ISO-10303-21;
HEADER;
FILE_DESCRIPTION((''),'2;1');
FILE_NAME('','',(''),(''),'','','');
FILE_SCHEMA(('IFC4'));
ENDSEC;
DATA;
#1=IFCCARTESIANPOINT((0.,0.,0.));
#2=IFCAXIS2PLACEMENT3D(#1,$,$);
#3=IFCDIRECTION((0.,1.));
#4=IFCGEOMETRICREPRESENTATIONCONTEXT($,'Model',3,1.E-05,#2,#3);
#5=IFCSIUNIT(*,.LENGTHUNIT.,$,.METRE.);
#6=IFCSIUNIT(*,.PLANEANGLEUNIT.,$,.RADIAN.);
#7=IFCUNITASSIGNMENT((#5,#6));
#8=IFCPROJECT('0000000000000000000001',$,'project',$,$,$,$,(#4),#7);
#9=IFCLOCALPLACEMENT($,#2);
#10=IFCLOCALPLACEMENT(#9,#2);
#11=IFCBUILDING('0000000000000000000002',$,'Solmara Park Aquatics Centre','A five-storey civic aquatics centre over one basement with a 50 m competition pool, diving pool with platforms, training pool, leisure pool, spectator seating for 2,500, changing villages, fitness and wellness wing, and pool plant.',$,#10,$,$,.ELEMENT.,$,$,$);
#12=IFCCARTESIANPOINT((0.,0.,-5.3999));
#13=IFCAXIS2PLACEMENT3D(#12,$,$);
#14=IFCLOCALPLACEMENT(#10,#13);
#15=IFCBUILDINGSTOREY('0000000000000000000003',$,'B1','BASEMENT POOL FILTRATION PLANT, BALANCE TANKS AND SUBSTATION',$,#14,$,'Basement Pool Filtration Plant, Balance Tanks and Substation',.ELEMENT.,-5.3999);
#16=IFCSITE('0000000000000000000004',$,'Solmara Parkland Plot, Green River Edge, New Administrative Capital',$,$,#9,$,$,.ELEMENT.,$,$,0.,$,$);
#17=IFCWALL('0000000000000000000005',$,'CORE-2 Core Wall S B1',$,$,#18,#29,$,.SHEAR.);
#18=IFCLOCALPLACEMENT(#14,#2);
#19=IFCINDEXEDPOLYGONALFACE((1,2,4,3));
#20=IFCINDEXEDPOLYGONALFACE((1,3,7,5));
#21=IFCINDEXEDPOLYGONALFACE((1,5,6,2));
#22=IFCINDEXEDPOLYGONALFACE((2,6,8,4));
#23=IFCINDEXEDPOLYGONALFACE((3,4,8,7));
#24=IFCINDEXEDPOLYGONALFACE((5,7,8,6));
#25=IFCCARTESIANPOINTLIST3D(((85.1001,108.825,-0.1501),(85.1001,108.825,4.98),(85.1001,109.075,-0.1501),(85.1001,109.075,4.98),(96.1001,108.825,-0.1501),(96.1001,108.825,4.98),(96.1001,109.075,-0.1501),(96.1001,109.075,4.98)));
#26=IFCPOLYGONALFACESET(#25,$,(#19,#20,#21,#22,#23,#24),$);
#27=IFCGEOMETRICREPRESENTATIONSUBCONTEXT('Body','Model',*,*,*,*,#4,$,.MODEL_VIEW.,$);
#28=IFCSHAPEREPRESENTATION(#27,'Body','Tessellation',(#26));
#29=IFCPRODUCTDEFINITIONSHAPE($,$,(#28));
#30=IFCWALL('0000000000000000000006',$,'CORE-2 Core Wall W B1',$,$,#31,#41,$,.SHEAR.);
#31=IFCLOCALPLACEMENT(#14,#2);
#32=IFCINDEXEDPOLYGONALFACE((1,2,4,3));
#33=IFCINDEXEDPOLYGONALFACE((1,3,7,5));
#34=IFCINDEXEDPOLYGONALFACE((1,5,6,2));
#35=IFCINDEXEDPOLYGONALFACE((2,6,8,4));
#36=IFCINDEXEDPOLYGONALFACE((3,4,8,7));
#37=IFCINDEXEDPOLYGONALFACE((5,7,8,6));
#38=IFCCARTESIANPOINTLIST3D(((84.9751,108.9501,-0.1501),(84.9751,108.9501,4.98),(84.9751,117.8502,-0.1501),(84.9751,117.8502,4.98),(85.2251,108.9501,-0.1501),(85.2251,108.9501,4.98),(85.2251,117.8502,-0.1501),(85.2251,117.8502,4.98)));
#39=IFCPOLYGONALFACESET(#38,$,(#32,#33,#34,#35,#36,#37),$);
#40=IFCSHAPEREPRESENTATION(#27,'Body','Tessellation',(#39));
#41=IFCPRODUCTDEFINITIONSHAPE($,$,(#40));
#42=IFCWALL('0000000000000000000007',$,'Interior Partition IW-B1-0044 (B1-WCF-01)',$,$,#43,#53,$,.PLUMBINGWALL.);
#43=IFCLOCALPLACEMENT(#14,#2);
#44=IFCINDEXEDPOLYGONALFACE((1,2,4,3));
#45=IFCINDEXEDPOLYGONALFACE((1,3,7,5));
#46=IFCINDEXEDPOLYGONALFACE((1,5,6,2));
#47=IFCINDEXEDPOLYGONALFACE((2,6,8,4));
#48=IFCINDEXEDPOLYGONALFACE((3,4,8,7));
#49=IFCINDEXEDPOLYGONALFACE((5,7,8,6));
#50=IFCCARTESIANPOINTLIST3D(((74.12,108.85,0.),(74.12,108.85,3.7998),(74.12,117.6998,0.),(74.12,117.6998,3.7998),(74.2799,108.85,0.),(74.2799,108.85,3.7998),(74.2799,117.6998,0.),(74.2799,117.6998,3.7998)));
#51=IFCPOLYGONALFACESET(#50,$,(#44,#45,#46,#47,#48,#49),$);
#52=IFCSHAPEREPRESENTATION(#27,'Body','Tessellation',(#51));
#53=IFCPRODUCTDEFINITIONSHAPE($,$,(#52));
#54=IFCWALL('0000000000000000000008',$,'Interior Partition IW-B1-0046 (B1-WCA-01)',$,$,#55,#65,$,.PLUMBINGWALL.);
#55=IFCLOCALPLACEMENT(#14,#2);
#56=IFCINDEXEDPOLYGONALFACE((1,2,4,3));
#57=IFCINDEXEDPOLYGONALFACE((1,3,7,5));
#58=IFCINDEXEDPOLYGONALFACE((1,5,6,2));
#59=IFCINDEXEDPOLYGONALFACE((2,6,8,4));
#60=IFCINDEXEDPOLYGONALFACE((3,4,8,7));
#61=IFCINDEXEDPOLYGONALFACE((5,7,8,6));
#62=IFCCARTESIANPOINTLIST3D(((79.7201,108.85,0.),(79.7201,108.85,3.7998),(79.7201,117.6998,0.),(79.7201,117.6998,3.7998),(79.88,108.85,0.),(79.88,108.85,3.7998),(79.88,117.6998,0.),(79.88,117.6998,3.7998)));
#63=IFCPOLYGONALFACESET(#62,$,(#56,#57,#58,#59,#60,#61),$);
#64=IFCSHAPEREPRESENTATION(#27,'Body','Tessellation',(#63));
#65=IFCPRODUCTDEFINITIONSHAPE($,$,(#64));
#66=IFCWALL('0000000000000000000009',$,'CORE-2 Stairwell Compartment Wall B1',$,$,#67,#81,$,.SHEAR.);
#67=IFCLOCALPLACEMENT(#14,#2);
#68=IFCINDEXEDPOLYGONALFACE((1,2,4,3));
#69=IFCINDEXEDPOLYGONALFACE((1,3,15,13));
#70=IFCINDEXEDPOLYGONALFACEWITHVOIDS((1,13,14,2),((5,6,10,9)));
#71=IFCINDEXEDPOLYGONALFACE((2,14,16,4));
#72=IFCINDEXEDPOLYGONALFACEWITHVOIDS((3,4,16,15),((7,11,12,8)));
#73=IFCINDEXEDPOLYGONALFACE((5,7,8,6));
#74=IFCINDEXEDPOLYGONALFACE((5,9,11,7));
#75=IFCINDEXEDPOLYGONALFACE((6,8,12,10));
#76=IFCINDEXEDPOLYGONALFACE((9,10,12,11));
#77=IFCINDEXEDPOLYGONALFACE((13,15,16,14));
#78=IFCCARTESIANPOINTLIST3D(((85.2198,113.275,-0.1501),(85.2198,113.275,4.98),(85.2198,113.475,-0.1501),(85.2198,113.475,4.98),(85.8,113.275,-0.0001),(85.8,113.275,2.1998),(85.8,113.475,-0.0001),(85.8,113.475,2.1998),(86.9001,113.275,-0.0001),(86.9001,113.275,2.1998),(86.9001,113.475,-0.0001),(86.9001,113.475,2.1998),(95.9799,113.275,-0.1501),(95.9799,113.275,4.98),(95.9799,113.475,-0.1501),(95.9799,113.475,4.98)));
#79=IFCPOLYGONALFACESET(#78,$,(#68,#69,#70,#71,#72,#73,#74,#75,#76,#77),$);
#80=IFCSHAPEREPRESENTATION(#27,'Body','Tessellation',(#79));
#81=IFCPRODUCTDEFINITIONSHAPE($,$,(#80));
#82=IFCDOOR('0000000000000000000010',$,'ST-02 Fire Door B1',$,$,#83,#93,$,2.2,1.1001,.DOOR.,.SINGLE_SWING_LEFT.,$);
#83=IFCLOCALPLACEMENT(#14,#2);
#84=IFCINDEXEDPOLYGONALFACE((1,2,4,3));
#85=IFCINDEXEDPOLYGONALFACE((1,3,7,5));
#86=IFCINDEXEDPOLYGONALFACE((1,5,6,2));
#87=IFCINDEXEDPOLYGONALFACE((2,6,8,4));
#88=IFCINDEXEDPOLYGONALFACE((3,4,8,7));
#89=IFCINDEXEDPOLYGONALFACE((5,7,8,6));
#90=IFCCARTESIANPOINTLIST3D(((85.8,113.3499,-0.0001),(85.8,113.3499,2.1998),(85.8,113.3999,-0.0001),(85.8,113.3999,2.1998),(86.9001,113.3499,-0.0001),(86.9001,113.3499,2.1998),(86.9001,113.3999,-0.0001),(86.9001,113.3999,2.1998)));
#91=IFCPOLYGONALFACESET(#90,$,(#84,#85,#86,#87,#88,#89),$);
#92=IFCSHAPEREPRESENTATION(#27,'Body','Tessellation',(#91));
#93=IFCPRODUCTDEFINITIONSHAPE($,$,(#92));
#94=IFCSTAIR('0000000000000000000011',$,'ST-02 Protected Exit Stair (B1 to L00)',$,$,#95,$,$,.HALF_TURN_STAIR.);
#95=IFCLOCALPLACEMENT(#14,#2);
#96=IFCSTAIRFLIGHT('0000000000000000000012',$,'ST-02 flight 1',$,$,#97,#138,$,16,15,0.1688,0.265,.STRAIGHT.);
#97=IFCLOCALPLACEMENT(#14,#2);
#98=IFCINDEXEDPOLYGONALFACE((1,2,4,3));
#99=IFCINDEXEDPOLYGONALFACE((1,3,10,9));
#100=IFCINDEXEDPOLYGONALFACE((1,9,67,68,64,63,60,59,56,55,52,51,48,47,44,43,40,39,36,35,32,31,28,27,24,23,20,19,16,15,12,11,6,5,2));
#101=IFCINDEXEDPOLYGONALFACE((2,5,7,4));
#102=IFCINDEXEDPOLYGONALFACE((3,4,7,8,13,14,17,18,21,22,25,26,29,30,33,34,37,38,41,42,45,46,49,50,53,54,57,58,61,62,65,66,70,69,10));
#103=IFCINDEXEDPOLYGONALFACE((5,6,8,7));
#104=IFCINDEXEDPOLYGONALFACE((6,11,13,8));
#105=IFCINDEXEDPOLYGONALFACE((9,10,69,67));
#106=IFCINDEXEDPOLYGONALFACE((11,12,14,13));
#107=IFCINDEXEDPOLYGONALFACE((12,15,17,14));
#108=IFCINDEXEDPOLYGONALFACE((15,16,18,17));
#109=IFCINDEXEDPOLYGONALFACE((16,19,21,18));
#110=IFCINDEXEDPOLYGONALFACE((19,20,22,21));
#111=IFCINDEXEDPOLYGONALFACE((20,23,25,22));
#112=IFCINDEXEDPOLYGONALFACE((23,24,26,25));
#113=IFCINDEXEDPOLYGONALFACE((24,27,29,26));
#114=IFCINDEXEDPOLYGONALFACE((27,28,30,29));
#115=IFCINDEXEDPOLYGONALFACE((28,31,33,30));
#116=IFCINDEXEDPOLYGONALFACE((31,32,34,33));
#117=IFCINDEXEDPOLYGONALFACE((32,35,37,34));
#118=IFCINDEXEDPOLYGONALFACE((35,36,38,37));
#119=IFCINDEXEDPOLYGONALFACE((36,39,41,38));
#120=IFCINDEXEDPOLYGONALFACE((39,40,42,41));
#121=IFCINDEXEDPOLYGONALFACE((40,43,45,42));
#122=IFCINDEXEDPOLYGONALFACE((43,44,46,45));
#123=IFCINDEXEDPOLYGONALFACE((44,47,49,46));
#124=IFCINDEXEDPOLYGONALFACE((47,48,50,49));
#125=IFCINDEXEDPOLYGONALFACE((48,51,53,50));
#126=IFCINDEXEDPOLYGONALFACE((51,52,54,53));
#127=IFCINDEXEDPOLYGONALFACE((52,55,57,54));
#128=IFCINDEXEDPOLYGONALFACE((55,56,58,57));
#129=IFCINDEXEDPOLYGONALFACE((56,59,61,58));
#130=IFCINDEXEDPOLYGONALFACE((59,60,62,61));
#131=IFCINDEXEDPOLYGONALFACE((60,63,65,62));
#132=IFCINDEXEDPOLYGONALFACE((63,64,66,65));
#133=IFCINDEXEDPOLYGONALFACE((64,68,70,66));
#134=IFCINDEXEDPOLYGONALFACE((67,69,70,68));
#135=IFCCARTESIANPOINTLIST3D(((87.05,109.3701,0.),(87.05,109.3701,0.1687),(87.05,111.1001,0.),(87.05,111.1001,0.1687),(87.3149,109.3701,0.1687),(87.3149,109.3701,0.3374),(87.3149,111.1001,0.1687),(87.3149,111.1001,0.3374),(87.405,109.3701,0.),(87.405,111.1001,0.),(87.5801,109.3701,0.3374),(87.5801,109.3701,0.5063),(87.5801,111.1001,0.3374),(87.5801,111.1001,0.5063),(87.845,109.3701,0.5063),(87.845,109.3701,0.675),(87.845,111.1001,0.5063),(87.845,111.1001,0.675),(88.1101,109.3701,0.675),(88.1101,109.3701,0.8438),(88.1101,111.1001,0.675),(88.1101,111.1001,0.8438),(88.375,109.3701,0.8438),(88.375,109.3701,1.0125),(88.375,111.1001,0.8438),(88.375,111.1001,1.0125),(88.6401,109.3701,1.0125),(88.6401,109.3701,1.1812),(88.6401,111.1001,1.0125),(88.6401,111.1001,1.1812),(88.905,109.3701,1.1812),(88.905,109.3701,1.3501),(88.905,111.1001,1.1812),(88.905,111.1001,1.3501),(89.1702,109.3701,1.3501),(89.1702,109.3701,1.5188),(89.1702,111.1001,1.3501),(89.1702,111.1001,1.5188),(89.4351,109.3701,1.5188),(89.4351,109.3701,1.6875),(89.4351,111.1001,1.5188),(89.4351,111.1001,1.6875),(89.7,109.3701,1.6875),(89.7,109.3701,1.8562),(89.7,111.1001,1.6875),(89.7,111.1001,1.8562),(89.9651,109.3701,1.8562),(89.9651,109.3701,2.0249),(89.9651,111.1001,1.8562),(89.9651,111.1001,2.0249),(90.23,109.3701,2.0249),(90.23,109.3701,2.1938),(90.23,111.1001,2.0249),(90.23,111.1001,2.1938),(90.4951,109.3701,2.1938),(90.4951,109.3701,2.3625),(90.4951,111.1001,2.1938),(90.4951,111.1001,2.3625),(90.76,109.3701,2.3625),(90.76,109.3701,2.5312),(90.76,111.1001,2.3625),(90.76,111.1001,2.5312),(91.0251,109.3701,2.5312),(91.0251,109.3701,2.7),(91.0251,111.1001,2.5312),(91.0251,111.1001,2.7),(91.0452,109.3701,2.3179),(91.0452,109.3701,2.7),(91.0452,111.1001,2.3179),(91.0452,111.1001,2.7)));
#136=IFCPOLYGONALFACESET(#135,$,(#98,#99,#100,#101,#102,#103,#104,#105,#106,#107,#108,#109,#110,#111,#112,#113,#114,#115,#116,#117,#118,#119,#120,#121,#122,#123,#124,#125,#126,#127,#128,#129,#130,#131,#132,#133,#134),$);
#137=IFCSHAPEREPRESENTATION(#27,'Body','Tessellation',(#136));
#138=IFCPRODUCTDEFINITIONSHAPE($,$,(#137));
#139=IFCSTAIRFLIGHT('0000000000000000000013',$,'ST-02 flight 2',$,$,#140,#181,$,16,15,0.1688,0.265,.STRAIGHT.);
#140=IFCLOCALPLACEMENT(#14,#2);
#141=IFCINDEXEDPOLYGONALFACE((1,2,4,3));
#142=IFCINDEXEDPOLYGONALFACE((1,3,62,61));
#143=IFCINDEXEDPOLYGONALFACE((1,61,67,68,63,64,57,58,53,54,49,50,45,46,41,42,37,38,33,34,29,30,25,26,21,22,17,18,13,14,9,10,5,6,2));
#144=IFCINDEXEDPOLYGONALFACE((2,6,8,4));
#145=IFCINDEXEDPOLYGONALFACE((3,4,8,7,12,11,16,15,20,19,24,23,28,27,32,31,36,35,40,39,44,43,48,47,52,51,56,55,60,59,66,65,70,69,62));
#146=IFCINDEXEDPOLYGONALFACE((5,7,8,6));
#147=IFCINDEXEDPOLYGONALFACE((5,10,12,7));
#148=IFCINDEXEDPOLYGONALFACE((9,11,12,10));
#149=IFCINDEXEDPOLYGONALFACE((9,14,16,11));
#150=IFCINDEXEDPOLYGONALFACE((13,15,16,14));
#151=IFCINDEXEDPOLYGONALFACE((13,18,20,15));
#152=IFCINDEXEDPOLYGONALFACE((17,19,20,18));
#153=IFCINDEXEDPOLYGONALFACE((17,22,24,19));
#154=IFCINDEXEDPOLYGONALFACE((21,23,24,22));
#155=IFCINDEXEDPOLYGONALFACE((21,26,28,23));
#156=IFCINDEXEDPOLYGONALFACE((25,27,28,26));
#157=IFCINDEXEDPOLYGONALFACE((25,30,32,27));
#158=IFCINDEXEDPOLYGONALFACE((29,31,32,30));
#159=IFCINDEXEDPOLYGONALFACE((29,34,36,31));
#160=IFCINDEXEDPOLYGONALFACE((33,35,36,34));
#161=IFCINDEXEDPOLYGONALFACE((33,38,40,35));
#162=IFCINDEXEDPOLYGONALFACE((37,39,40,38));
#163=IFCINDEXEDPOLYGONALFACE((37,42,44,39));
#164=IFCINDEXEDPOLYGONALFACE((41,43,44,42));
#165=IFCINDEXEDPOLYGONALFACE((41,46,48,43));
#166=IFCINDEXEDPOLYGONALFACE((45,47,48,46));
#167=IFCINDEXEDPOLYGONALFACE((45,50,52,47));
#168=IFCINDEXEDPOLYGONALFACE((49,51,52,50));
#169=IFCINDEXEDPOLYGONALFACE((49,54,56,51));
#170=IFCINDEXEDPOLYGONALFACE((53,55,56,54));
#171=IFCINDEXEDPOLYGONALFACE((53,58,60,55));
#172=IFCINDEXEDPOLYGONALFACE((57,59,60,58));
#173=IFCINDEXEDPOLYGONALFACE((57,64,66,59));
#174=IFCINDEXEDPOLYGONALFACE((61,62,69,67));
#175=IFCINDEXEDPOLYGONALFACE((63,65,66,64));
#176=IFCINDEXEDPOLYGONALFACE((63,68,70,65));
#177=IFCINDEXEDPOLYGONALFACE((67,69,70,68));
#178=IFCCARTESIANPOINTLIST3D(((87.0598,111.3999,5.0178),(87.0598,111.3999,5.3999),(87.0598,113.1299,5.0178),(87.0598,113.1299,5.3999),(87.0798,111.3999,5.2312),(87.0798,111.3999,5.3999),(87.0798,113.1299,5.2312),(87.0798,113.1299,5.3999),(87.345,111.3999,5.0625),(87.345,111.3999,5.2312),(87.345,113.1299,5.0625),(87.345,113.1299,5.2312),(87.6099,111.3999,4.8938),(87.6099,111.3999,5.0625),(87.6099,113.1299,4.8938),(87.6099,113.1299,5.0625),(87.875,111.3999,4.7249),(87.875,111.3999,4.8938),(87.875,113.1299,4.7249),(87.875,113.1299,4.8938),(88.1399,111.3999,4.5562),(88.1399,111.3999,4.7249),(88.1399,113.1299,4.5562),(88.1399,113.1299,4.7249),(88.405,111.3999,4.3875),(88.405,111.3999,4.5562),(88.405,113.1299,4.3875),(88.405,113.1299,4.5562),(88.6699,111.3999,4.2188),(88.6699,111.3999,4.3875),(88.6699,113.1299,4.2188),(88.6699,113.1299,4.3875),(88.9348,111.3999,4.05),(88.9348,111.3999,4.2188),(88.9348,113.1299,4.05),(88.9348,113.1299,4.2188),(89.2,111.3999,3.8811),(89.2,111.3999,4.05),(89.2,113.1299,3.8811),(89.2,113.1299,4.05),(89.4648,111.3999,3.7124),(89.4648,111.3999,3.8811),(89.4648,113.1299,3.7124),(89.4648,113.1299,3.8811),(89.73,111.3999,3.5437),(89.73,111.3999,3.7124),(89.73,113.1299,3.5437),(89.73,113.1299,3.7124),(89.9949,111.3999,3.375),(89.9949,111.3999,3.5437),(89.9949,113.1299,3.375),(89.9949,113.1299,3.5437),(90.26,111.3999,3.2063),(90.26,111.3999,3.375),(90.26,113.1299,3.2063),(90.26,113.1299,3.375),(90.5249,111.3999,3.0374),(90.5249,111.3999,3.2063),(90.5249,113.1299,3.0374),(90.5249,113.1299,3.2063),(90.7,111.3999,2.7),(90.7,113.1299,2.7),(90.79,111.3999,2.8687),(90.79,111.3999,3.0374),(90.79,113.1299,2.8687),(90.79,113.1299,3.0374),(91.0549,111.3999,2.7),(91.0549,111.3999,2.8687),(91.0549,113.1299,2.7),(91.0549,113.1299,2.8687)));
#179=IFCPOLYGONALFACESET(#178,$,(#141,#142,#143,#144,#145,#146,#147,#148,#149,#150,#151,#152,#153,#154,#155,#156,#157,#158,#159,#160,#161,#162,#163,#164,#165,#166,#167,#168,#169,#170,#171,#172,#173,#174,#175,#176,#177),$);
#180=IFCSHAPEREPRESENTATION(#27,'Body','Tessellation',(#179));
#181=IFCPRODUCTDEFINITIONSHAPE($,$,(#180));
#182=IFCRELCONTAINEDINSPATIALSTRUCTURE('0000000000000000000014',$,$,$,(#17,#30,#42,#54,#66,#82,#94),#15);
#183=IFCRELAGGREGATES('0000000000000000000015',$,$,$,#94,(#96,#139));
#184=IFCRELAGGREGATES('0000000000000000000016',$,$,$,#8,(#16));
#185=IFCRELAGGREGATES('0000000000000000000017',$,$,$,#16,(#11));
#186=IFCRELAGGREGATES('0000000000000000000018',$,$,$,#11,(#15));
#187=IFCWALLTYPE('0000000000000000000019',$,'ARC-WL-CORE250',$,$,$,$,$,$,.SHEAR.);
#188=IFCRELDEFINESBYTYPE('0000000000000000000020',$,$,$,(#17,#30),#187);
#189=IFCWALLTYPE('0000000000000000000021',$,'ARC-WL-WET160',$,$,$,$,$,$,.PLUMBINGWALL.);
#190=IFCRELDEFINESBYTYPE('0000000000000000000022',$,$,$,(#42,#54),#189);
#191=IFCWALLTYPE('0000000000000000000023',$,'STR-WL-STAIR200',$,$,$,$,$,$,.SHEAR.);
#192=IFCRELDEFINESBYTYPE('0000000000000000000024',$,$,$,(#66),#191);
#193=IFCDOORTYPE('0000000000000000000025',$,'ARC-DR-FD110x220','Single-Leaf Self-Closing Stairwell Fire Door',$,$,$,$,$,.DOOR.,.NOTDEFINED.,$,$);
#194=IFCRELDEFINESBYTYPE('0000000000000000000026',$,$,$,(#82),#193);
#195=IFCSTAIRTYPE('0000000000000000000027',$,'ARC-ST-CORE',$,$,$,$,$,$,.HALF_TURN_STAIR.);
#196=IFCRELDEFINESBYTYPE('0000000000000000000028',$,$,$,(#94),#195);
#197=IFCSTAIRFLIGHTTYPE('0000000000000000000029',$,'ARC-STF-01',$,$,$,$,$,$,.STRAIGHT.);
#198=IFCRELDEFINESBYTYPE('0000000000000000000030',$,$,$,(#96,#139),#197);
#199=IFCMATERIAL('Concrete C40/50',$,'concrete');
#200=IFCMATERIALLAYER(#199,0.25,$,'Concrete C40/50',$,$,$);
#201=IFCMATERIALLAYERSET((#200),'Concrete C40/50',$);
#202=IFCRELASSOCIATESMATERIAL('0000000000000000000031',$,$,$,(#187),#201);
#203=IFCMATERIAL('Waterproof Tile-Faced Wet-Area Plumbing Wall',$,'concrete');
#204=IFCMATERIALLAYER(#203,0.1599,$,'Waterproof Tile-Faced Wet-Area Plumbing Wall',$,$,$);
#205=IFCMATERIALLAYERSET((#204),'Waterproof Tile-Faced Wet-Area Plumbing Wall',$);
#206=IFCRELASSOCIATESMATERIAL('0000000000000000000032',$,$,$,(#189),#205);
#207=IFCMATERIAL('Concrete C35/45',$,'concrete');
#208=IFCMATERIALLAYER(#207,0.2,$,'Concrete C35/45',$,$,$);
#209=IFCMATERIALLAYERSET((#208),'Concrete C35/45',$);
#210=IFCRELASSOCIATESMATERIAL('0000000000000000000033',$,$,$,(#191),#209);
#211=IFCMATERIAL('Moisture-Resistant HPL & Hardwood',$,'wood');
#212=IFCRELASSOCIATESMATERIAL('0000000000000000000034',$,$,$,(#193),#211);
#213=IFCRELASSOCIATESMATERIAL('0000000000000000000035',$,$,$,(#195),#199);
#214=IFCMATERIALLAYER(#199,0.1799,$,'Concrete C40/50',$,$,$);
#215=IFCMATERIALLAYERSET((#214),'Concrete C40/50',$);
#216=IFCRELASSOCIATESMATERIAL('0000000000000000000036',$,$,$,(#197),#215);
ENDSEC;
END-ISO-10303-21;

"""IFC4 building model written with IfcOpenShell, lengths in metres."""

from ifc_helpers import new_model, si_unit, direction, frame, frame_2d, origin, place, context, subcontext, project, spatial, polyline, rectangle, outline, extrude, material, layer, layer_set, type_object, element, fill, aggregate, save


model = new_model("IFC4")

# Units and contexts
model_context = context("Model", 3, precision=1e-05, world=origin(), true_north=direction((0.0, 1.0)))
body_context = subcontext(model_context, "Body", "Model", "MODEL_VIEW")
ifc_project = project(units=[si_unit("LENGTHUNIT", "METRE"), si_unit("PLANEANGLEUNIT", "RADIAN")], contexts=[model_context])

# Site, building, storey
site_placement = place(None, origin())
site = spatial("IfcSite", under=ifc_project, at=site_placement, Name="Solmara Parkland Plot, Green River Edge, New Administrative Capital", CompositionType="ELEMENT", RefElevation=0.0)
building_placement = place(site_placement, origin())
building = spatial("IfcBuilding", under=site, at=building_placement, Name="Solmara Park Aquatics Centre", Description="A five-storey civic aquatics centre over one basement with a 50 m competition pool, diving pool with platforms, training pool, leisure pool, spectator seating for 2,500, changing villages, fitness and wellness wing, and pool plant.", CompositionType="ELEMENT")
storey_placement = place(building_placement, frame((0.0, 0.0, -5.3999)))
storey = spatial("IfcBuildingStorey", under=building, at=storey_placement, Name="B1", Description="BASEMENT POOL FILTRATION PLANT, BALANCE TANKS AND SUBSTATION", LongName="Basement Pool Filtration Plant, Balance Tanks and Substation", CompositionType="ELEMENT", Elevation=-5.3999)

# Shared definitions
ifc_material_1 = material(Name="Concrete C40/50", Category="concrete")

# Walls
ifc_layer_1 = layer(ifc_material_1, 0.25, Name="Concrete C40/50")
ifc_layer_set_1 = layer_set([ifc_layer_1], Name="Concrete C40/50")
wall_type_1 = type_object("IfcWallType", Name="ARC-WL-CORE250", PredefinedType="SHEAR", material=ifc_layer_set_1)
wall_1_placement = place(storey_placement, frame((85.1001, 108.95, -0.1501), z_axis=(0.0, 0.0, 1.0), x_axis=(1.0, 0.0, 0.0)))
element("IfcWall", 1, at=wall_1_placement, inside=storey, type_object=wall_type_1, Name="CORE-2 Core Wall S B1", PredefinedType="SHEAR", context=body_context, shape_type="SweptSolid", body=[
    extrude(rectangle(XDim=11.0, YDim=0.25, at=frame_2d((5.5, 0.0))), origin(), (0.0, 0.0, 1.0), 5.1301),
])
wall_2_placement = place(storey_placement, frame((85.1001, 108.95, -0.1501), z_axis=(0.0, 0.0, 1.0), x_axis=(0.0, 1.0, 0.0)))
element("IfcWall", 2, at=wall_2_placement, inside=storey, type_object=wall_type_1, Name="CORE-2 Core Wall W B1", PredefinedType="SHEAR", context=body_context, shape_type="SweptSolid", body=[
    extrude(rectangle(XDim=8.9001, YDim=0.25, at=frame_2d((4.4502, 0.0))), origin(), (0.0, 0.0, 1.0), 5.1301),
])
ifc_material_2 = material(Name="Waterproof Tile-Faced Wet-Area Plumbing Wall", Category="concrete")
ifc_layer_2 = layer(ifc_material_2, 0.1599, Name="Waterproof Tile-Faced Wet-Area Plumbing Wall")
ifc_layer_set_2 = layer_set([ifc_layer_2], Name="Waterproof Tile-Faced Wet-Area Plumbing Wall")
wall_type_2 = type_object("IfcWallType", Name="ARC-WL-WET160", PredefinedType="PLUMBINGWALL", material=ifc_layer_set_2)
for number, where, z_axis, x_axis, name in (
    (3, (74.2, 108.8501, 0.0), (0.0, 0.0, 1.0), (0.0, 1.0, 0.0), "Interior Partition IW-B1-0044 (B1-WCF-01)"),
    (4, (79.8, 108.8501, 0.0), (0.0, 0.0, 1.0), (0.0, 1.0, 0.0), "Interior Partition IW-B1-0046 (B1-WCA-01)"),
):
    element("IfcWall", number, at=place(storey_placement, frame(where, z_axis=z_axis, x_axis=x_axis)), inside=storey, type_object=wall_type_2, Name=name, PredefinedType="PLUMBINGWALL", context=body_context, shape_type="SweptSolid", body=[
        extrude(rectangle(XDim=8.8499, YDim=0.1599, at=frame_2d((4.4248, 0.0))), origin(), (0.0, 0.0, 1.0), 3.7998),
    ])

# Wall, opening, door
ifc_material_3 = material(Name="Concrete C35/45", Category="concrete")
ifc_layer_3 = layer(ifc_material_3, 0.2, Name="Concrete C35/45")
ifc_layer_set_3 = layer_set([ifc_layer_3], Name="Concrete C35/45")
wall_type_3 = type_object("IfcWallType", Name="STR-WL-STAIR200", PredefinedType="SHEAR", material=ifc_layer_set_3)
wall_3_placement = place(storey_placement, frame((85.22, 113.375, -0.1501), z_axis=(0.0, 0.0, 1.0), x_axis=(1.0, 0.0, 0.0)))
wall_3 = element("IfcWall", 5, at=wall_3_placement, inside=storey, type_object=wall_type_3, Name="CORE-2 Stairwell Compartment Wall B1", PredefinedType="SHEAR", context=body_context, shape_type="SweptSolid", body=[
    extrude(rectangle(XDim=10.76, YDim=0.2, at=frame_2d((5.3799, 0.0))), origin(), (0.0, 0.0, 1.0), 5.1301),
])
opening_placement = place(wall_3_placement, frame((0.5801, 0.0, 0.1499)))
opening = element("IfcOpeningElement", 6, at=opening_placement, cuts=wall_3, PredefinedType="OPENING", context=body_context, shape_type="SweptSolid", body=[
    extrude(rectangle(XDim=1.1001, YDim=2.2, at=frame_2d((0.55, 1.1001))), frame((0.0, 0.1099, 0.0), z_axis=(0.0, -1.0, 0.0), x_axis=(1.0, 0.0, 0.0)), (0.0, 0.0, 1.0), 0.22),
])
ifc_material_4 = material(Name="Moisture-Resistant HPL & Hardwood", Category="wood")
door_type = type_object("IfcDoorType", Name="ARC-DR-FD110x220", Description="Single-Leaf Self-Closing Stairwell Fire Door", OperationType="NOTDEFINED", PredefinedType="DOOR", material=ifc_material_4)
door_placement = place(opening_placement, origin())
door = element("IfcDoor", 7, at=door_placement, inside=storey, type_object=door_type, Name="ST-02 Fire Door B1", OperationType="SINGLE_SWING_LEFT", OverallHeight=2.2, OverallWidth=1.1001, PredefinedType="DOOR", context=body_context, shape_type="SweptSolid", body=[
    extrude(rectangle(XDim=1.1001, YDim=2.2, at=frame_2d((0.55, 1.1001))), frame((0.0, 0.0249, 0.0), z_axis=(0.0, -1.0, 0.0), x_axis=(1.0, 0.0, 0.0)), (0.0, 0.0, 1.0), 0.05),
])
fill(opening, door)

# Stair, stair flights
stair_type = type_object("IfcStairType", Name="ARC-ST-CORE", PredefinedType="HALF_TURN_STAIR", material=ifc_material_1)
stair_placement = place(storey_placement, origin())
stair = element("IfcStair", 8, at=stair_placement, inside=storey, type_object=stair_type, Name="ST-02 Protected Exit Stair (B1 to L00)", PredefinedType="HALF_TURN_STAIR")
ifc_layer_4 = layer(ifc_material_1, 0.1799, Name="Concrete C40/50")
ifc_layer_set_4 = layer_set([ifc_layer_4], Name="Concrete C40/50")
stair_flight_type = type_object("IfcStairFlightType", Name="ARC-STF-01", PredefinedType="STRAIGHT", material=ifc_layer_set_4)
stair_flight_1_placement = place(storey_placement, frame((87.05, 110.2351, 0.0), z_axis=(0.0, 0.0, 1.0), x_axis=(1.0, 0.0, 0.0)))
stair_flight_1 = element("IfcStairFlight", 9, at=stair_flight_1_placement, type_object=stair_flight_type, Name="ST-02 flight 1", NumberOfRisers=16, NumberOfTreads=15, PredefinedType="STRAIGHT", RiserHeight=0.1688, TreadLength=0.265, context=body_context, shape_type="SweptSolid", body=[
    extrude(outline(polyline([(0.0, 0.0), (0.0, 0.1687), (0.2649, 0.1687), (0.2649, 0.3374), (0.53, 0.3374), (0.53, 0.5063), (0.7949, 0.5063), (0.7949, 0.675), (1.0601, 0.675), (1.0601, 0.8438), (1.325, 0.8438), (1.325, 1.0125), (1.5901, 1.0125), (1.5901, 1.1812), (1.855, 1.1812), (1.855, 1.3501), (2.1201, 1.3501), (2.1201, 1.5188), (2.385, 1.5188), (2.385, 1.6875), (2.6499, 1.6875), (2.6499, 1.8562), (2.915, 1.8562), (2.915, 2.0249), (3.1799, 2.0249), (3.1799, 2.1938), (3.4451, 2.1938), (3.4451, 2.3625), (3.71, 2.3625), (3.71, 2.5312), (3.9751, 2.5312), (3.9751, 2.7), (3.9951, 2.7), (3.9951, 2.3179), (0.355, 0.0), (0.0, 0.0)])), frame((0.0, 0.865, 0.0), z_axis=(0.0, -1.0, 0.0), x_axis=(1.0, 0.0, 0.0)), (0.0, 0.0, 1.0), 1.73),
])
stair_flight_2_placement = place(storey_placement, frame((91.0549, 112.2649, 2.7), z_axis=(0.0, 0.0, 1.0), x_axis=(-1.0, 0.0, 0.0)))
stair_flight_2 = element("IfcStairFlight", 10, at=stair_flight_2_placement, type_object=stair_flight_type, Name="ST-02 flight 2", NumberOfRisers=16, NumberOfTreads=15, PredefinedType="STRAIGHT", RiserHeight=0.1688, TreadLength=0.265, context=body_context, shape_type="SweptSolid", body=[
    extrude(outline(polyline([(0.0, 0.0), (0.0, 0.1687), (0.2649, 0.1687), (0.2649, 0.3374), (0.53, 0.3374), (0.53, 0.5063), (0.7949, 0.5063), (0.7949, 0.675), (1.0601, 0.675), (1.0601, 0.8438), (1.325, 0.8438), (1.325, 1.0125), (1.5901, 1.0125), (1.5901, 1.1812), (1.855, 1.1812), (1.855, 1.3501), (2.1201, 1.3501), (2.1201, 1.5188), (2.385, 1.5188), (2.385, 1.6875), (2.6499, 1.6875), (2.6499, 1.8562), (2.915, 1.8562), (2.915, 2.0249), (3.1799, 2.0249), (3.1799, 2.1938), (3.4451, 2.1938), (3.4451, 2.3625), (3.71, 2.3625), (3.71, 2.5312), (3.9751, 2.5312), (3.9751, 2.7), (3.9951, 2.7), (3.9951, 2.3179), (0.355, 0.0), (0.0, 0.0)])), frame((0.0, 0.865, 0.0), z_axis=(0.0, -1.0, 0.0), x_axis=(1.0, 0.0, 0.0)), (0.0, 0.0, 1.0), 1.73),
])
aggregate(stair, [stair_flight_1, stair_flight_2])

save(model, "model.ifc")
